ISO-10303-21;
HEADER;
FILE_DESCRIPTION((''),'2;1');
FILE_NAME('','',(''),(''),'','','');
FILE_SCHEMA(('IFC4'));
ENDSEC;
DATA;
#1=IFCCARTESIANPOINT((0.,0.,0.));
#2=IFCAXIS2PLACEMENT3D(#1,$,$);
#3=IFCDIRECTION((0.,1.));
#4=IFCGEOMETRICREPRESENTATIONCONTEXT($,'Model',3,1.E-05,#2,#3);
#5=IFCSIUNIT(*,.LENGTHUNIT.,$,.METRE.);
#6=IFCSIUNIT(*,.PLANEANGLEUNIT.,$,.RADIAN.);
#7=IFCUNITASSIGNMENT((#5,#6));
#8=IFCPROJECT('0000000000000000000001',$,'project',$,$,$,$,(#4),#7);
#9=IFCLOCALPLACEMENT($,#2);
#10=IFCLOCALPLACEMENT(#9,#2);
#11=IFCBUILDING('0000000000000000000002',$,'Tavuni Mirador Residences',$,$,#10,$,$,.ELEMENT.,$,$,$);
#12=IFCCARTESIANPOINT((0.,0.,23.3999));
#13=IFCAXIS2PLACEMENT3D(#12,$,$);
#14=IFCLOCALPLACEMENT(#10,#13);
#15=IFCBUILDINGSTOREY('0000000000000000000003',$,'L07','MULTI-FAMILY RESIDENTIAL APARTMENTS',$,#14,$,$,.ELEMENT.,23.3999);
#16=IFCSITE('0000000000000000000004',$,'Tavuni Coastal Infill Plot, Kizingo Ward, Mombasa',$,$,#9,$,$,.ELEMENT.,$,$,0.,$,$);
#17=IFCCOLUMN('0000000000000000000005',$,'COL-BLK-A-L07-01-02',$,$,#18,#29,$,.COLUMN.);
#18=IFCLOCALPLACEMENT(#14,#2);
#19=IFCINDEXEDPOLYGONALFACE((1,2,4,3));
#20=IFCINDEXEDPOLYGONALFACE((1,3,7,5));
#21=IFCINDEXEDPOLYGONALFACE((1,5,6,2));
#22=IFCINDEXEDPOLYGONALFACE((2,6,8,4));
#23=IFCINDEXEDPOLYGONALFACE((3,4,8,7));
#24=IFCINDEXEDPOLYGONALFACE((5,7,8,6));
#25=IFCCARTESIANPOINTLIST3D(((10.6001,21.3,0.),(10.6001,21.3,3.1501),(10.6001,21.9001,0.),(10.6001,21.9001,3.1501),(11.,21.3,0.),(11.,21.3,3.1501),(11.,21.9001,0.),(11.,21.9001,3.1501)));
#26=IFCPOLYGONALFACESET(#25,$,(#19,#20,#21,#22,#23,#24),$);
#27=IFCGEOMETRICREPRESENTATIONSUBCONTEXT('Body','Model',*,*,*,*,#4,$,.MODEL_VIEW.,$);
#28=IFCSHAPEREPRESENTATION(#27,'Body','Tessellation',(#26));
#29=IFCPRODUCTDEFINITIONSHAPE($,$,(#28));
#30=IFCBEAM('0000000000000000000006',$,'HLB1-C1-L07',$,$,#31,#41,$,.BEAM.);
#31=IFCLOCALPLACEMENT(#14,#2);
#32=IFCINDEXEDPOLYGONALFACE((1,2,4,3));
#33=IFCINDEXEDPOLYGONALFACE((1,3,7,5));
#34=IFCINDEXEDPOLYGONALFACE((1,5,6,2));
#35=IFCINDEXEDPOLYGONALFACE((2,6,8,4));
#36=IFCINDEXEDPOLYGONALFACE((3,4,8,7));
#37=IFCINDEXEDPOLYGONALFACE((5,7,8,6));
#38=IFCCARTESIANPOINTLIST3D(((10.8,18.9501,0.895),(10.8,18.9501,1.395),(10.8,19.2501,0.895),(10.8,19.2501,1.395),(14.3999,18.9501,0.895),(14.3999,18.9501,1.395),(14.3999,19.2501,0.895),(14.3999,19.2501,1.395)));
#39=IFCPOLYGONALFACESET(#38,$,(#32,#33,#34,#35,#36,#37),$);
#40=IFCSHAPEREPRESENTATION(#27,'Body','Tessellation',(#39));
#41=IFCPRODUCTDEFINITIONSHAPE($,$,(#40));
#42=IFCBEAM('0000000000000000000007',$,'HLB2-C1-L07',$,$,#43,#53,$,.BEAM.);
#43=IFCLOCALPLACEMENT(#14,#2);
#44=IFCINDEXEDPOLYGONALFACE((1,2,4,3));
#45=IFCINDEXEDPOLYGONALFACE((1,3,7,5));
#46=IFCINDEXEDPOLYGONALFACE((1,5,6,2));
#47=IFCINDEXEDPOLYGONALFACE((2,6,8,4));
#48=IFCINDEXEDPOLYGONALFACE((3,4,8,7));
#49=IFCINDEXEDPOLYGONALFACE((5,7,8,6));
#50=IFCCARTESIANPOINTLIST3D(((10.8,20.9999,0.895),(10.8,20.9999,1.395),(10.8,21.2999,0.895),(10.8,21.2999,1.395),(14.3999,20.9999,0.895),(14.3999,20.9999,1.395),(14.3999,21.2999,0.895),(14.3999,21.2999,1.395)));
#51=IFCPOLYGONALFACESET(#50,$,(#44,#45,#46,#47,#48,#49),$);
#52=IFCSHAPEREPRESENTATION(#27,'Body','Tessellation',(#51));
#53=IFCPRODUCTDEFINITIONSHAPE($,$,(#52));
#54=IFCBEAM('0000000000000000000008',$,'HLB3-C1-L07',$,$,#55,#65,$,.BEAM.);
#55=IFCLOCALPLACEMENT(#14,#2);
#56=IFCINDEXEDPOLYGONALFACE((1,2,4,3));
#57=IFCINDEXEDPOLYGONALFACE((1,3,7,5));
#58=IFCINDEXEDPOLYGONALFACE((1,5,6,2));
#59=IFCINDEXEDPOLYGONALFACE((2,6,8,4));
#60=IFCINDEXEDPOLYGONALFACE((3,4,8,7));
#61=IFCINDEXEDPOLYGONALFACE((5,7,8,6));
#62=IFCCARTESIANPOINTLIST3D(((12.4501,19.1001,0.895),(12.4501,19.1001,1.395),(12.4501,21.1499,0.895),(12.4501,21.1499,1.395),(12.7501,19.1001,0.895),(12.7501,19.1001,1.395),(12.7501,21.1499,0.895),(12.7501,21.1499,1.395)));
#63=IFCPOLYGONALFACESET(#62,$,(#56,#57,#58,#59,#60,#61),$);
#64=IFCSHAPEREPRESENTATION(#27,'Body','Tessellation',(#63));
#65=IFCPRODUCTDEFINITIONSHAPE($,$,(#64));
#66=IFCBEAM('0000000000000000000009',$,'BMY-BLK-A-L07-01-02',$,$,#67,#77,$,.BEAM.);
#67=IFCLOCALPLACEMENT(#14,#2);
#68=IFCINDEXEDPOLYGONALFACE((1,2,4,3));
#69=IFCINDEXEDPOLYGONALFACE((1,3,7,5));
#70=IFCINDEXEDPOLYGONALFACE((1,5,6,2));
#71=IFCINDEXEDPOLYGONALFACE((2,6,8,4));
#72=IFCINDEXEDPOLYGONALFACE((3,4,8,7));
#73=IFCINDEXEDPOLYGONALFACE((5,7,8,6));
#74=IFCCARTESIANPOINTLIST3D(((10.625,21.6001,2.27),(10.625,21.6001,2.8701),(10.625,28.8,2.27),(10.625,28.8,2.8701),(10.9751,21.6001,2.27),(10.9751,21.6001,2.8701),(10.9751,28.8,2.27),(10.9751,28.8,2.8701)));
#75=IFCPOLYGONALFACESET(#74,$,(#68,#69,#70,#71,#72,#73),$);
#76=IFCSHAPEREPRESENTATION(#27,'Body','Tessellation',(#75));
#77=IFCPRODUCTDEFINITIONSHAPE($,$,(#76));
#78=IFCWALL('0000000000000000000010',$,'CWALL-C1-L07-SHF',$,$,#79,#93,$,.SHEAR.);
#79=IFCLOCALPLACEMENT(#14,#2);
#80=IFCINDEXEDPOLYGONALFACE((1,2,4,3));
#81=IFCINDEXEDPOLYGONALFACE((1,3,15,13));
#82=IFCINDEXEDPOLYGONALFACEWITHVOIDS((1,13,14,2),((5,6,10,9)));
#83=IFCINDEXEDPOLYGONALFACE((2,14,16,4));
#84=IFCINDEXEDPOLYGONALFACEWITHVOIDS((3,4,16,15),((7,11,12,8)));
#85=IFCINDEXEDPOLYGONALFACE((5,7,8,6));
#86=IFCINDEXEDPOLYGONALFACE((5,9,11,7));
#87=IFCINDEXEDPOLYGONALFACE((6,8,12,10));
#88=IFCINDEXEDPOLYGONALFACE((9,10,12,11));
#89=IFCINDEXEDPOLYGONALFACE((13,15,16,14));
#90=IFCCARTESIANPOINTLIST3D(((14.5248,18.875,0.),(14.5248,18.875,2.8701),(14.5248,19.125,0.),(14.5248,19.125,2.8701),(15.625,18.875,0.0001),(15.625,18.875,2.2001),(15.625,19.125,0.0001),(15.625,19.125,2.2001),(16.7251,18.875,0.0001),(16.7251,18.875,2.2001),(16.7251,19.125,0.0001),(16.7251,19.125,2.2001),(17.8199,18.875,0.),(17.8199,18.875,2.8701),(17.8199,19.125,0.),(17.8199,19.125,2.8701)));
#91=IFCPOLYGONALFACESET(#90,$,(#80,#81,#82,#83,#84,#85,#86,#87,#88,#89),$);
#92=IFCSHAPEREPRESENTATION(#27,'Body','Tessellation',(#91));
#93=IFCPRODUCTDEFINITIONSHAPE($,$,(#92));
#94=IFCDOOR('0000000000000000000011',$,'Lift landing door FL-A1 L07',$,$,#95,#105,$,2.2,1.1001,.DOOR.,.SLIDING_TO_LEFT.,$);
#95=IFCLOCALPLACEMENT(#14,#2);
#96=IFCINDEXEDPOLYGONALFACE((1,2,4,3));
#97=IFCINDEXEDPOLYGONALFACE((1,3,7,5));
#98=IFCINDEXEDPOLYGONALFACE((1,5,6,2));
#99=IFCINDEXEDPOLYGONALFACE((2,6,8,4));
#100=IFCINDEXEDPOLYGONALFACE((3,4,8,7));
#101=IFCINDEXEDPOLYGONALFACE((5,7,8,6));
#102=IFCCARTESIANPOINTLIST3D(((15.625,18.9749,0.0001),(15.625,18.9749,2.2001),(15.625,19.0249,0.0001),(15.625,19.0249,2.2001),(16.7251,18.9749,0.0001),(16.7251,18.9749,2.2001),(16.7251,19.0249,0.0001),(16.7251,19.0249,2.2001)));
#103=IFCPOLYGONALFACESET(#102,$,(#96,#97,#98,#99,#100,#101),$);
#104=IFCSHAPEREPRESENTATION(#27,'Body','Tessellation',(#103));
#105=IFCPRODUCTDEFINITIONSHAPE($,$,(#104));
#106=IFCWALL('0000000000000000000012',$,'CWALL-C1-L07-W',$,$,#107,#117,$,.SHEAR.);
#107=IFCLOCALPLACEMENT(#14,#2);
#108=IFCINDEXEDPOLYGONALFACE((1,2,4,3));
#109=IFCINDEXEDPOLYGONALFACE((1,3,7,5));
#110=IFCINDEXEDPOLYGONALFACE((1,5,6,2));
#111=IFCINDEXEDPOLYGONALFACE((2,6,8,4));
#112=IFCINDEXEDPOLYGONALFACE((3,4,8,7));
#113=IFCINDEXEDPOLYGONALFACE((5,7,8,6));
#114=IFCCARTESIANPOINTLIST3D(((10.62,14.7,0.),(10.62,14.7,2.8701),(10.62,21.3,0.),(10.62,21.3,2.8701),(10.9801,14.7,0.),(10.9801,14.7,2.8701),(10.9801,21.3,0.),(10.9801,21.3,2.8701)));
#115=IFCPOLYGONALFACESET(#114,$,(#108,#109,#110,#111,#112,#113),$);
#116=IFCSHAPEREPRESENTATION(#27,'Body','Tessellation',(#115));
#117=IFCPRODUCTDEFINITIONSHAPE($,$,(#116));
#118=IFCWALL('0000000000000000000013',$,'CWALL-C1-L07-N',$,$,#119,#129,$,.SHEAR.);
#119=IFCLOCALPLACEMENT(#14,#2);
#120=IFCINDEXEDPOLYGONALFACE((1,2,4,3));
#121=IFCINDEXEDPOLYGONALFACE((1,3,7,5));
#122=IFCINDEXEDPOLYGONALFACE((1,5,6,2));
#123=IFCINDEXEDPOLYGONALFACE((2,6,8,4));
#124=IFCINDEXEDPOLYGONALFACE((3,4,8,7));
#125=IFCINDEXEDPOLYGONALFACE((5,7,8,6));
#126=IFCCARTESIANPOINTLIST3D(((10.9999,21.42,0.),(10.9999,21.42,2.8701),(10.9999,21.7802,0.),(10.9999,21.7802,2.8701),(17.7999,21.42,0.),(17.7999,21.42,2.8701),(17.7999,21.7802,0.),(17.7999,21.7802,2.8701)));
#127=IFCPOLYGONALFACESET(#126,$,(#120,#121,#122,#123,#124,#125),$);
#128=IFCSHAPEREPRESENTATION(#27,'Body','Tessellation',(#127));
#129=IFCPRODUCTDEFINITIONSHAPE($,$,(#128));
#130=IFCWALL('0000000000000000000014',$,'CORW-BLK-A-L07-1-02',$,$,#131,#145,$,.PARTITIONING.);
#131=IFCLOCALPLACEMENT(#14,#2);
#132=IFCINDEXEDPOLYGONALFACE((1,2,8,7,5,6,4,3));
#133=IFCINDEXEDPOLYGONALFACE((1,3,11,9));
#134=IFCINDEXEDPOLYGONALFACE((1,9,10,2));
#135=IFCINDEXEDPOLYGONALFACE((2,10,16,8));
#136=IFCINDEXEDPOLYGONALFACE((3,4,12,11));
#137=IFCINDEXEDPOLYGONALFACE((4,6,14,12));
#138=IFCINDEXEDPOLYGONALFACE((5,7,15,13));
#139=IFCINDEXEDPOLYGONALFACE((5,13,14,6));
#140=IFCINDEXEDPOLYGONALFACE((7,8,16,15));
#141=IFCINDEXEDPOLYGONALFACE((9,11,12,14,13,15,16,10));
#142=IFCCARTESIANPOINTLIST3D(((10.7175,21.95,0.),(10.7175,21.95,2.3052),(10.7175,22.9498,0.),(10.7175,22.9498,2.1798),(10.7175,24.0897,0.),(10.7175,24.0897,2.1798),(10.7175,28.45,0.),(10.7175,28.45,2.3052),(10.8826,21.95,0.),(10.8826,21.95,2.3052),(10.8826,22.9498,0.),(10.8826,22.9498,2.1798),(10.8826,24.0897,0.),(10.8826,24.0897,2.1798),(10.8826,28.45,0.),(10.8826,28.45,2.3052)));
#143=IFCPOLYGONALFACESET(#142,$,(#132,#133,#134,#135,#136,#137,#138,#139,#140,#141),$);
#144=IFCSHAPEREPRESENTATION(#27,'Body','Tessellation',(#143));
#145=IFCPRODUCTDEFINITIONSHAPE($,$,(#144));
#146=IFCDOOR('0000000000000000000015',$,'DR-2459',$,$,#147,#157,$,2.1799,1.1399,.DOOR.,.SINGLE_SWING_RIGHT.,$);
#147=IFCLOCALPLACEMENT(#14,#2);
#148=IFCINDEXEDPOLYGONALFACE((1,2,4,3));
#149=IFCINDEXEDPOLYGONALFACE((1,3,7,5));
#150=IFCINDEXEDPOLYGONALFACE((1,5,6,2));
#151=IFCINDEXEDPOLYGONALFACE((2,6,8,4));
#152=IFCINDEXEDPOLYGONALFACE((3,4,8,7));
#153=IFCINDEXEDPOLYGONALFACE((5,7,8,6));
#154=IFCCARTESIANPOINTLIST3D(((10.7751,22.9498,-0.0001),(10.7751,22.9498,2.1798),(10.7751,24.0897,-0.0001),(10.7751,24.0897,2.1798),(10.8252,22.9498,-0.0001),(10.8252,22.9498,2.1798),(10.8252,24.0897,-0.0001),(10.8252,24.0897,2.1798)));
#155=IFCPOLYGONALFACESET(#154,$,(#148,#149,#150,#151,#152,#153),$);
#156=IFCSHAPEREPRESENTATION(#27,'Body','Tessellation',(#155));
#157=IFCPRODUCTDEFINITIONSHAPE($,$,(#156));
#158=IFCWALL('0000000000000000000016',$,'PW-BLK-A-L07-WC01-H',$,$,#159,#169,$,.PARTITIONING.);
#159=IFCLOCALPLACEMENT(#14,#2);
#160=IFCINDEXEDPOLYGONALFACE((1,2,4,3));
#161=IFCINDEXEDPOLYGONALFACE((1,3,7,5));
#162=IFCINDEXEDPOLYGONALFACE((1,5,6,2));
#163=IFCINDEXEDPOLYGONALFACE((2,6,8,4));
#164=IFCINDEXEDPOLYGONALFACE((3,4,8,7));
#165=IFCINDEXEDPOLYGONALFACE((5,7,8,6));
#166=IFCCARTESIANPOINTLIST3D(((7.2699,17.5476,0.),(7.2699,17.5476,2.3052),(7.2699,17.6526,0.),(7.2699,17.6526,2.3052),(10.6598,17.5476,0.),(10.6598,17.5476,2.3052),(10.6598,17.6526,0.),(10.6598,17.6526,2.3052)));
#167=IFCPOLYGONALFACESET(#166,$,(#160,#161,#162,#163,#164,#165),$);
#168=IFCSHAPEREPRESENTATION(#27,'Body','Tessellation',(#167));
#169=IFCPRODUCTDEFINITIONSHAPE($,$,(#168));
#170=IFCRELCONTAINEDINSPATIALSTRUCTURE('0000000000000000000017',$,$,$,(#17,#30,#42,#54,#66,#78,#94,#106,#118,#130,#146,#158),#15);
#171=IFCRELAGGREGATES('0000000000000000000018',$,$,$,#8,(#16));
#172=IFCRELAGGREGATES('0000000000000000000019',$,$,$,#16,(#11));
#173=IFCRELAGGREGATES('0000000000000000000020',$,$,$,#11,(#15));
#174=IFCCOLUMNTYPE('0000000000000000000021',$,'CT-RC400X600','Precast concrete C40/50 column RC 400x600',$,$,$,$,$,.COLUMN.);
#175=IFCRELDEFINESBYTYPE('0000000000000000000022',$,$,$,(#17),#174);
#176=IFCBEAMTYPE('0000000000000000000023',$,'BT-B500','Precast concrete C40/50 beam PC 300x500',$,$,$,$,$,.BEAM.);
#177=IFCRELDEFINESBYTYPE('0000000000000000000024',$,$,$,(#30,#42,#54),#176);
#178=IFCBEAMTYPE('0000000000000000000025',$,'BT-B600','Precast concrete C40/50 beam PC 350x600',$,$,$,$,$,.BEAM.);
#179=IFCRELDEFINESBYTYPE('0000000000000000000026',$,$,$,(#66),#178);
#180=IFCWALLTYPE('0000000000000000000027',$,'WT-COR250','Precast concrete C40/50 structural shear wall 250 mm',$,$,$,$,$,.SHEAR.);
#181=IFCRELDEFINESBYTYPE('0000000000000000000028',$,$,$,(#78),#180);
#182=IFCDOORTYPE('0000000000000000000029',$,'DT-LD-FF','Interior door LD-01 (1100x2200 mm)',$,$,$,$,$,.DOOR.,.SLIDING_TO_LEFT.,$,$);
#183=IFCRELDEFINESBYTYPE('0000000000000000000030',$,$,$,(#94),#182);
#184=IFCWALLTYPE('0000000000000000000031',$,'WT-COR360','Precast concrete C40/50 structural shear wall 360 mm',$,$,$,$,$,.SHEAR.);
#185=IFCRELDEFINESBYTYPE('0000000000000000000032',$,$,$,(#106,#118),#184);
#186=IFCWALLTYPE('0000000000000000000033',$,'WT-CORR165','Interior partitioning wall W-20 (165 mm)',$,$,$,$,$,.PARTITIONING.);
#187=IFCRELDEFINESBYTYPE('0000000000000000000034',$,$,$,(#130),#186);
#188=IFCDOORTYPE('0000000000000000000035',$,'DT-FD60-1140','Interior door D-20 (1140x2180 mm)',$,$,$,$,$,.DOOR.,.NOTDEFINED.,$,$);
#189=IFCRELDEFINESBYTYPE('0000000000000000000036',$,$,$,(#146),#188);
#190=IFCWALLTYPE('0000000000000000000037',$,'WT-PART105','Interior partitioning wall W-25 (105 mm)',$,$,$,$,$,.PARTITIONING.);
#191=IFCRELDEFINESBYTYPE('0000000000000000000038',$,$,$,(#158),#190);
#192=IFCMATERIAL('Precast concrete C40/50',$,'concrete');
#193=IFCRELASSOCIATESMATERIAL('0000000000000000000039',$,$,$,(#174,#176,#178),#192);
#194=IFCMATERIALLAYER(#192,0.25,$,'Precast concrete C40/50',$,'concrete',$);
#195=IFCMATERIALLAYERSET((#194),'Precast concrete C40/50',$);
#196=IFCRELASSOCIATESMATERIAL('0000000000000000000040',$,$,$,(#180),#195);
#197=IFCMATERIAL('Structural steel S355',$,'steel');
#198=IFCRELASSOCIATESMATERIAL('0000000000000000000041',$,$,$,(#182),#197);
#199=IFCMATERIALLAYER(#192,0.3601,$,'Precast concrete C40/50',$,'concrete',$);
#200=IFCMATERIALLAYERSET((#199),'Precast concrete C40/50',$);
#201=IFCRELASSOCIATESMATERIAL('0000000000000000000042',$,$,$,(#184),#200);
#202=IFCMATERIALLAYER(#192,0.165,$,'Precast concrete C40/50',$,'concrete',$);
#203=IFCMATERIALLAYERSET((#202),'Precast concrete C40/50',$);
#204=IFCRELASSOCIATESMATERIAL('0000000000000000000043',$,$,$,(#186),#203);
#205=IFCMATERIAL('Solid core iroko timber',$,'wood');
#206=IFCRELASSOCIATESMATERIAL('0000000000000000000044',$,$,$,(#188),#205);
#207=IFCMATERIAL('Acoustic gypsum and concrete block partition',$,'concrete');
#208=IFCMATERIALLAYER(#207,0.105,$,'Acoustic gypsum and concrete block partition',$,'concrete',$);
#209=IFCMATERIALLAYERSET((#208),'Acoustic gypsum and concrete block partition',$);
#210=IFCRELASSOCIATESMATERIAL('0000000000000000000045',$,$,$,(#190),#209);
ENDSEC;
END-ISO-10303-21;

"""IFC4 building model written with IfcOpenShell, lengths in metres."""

from ifc_helpers import new_model, si_unit, direction, frame, frame_2d, origin, origin_2d, place, context, subcontext, project, spatial, rectangle, extrude, material, layer, layer_set, material_profile, profile_set, type_object, element, fill, save


model = new_model("IFC4")

# Units and contexts
model_context = context("Model", 3, precision=1e-05, world=origin(), true_north=direction((0.0, 1.0)))
body_context = subcontext(model_context, "Body", "Model", "MODEL_VIEW")
ifc_project = project(units=[si_unit("LENGTHUNIT", "METRE"), si_unit("PLANEANGLEUNIT", "RADIAN")], contexts=[model_context])

# Site, building, storey
site_placement = place(None, origin())
site = spatial("IfcSite", under=ifc_project, at=site_placement, Name="Tavuni Coastal Infill Plot, Kizingo Ward, Mombasa", CompositionType="ELEMENT", RefElevation=0.0)
building_placement = place(site_placement, origin())
building = spatial("IfcBuilding", under=site, at=building_placement, Name="Tavuni Mirador Residences", CompositionType="ELEMENT")
storey_placement = place(building_placement, frame((0.0, 0.0, 23.3999)))
storey = spatial("IfcBuildingStorey", under=building, at=storey_placement, Name="L07", Description="MULTI-FAMILY RESIDENTIAL APARTMENTS", CompositionType="ELEMENT", Elevation=23.3999)

# Column
ifc_material_1 = material(Name="Precast concrete C40/50", Category="concrete")
ifc_material_profile_1 = material_profile(ifc_material_1, rectangle(XDim=0.3999, YDim=0.6001, at=origin_2d()), Name="RC 400x600", Category="concrete")
ifc_profile_set_1 = profile_set([ifc_material_profile_1], Name="Precast concrete C40/50")
column_type = type_object("IfcColumnType", Name="CT-RC400X600", Description="Precast concrete C40/50 column RC 400x600", PredefinedType="COLUMN", material=ifc_profile_set_1)
column_placement = place(storey_placement, frame((10.8, 21.6001, 0.0), z_axis=(0.0, 0.0, 1.0), x_axis=(1.0, 0.0, 0.0)))
element("IfcColumn", 1, at=column_placement, inside=storey, type_object=column_type, Name="COL-BLK-A-L07-01-02", PredefinedType="COLUMN", context=body_context, shape_type="SweptSolid", body=[
    extrude(rectangle(XDim=0.3999, YDim=0.6001, at=origin_2d()), origin(), (0.0, 0.0, 1.0), 3.1501),
])

# Beams
ifc_material_profile_2 = material_profile(ifc_material_1, rectangle(XDim=0.3, YDim=0.5, at=origin_2d()), Name="PC 300x500", Category="concrete")
ifc_profile_set_2 = profile_set([ifc_material_profile_2], Name="Precast concrete C40/50")
beam_type_1 = type_object("IfcBeamType", Name="BT-B500", Description="Precast concrete C40/50 beam PC 300x500", PredefinedType="BEAM", material=ifc_profile_set_2)
for number, where, z_axis, x_axis, name in (
    (2, (10.8, 19.1001, 1.145), (1.0, 0.0, 0.0), (0.0, 1.0, 0.0), "HLB1-C1-L07"),
    (3, (10.8, 21.1499, 1.145), (1.0, 0.0, 0.0), (0.0, 1.0, 0.0), "HLB2-C1-L07"),
):
    element("IfcBeam", number, at=place(storey_placement, frame(where, z_axis=z_axis, x_axis=x_axis)), inside=storey, type_object=beam_type_1, Name=name, PredefinedType="BEAM", context=body_context, shape_type="SweptSolid", body=[
        extrude(rectangle(XDim=0.3, YDim=0.5, at=origin_2d()), origin(), (0.0, 0.0, 1.0), 3.5999),
    ])
beam_1_placement = place(storey_placement, frame((12.6001, 19.1001, 1.145), z_axis=(0.0, 1.0, 0.0), x_axis=(-1.0, 0.0, 0.0)))
element("IfcBeam", 4, at=beam_1_placement, inside=storey, type_object=beam_type_1, Name="HLB3-C1-L07", PredefinedType="BEAM", context=body_context, shape_type="SweptSolid", body=[
    extrude(rectangle(XDim=0.3, YDim=0.5, at=origin_2d()), origin(), (0.0, 0.0, 1.0), 2.0498),
])
ifc_material_profile_3 = material_profile(ifc_material_1, rectangle(XDim=0.3501, YDim=0.6001, at=origin_2d()), Name="PC 350x600", Category="concrete")
ifc_profile_set_3 = profile_set([ifc_material_profile_3], Name="Precast concrete C40/50")
beam_type_2 = type_object("IfcBeamType", Name="BT-B600", Description="Precast concrete C40/50 beam PC 350x600", PredefinedType="BEAM", material=ifc_profile_set_3)
beam_2_placement = place(storey_placement, frame((10.8, 21.6001, 2.5701), z_axis=(0.0, 1.0, 0.0), x_axis=(-1.0, 0.0, 0.0)))
element("IfcBeam", 5, at=beam_2_placement, inside=storey, type_object=beam_type_2, Name="BMY-BLK-A-L07-01-02", PredefinedType="BEAM", context=body_context, shape_type="SweptSolid", body=[
    extrude(rectangle(XDim=0.3501, YDim=0.6001, at=origin_2d()), origin(), (0.0, 0.0, 1.0), 7.2),
])

# Wall, opening, door
ifc_layer_1 = layer(ifc_material_1, 0.25, Name="Precast concrete C40/50", Category="concrete")
ifc_layer_set_1 = layer_set([ifc_layer_1], Name="Precast concrete C40/50")
wall_type_1 = type_object("IfcWallType", Name="WT-COR250", Description="Precast concrete C40/50 structural shear wall 250 mm", PredefinedType="SHEAR", material=ifc_layer_set_1)
wall_1_placement = place(storey_placement, frame((14.5249, 19.0, 0.0), z_axis=(0.0, 0.0, 1.0), x_axis=(1.0, 0.0, 0.0)))
wall_1 = element("IfcWall", 6, at=wall_1_placement, inside=storey, type_object=wall_type_1, Name="CWALL-C1-L07-SHF", PredefinedType="SHEAR", context=body_context, shape_type="SweptSolid", body=[
    extrude(rectangle(XDim=3.2952, YDim=0.25, at=frame_2d((1.6475, 0.0))), origin(), (0.0, 0.0, 1.0), 2.8701),
])
opening_1_placement = place(wall_1_placement, frame((1.1001, 0.0, 0.0)))
opening_1 = element("IfcOpeningElement", 7, at=opening_1_placement, cuts=wall_1, PredefinedType="OPENING", context=body_context, shape_type="SweptSolid", body=[
    extrude(rectangle(XDim=1.1001, YDim=2.2, at=frame_2d((0.55, 1.1001))), frame((0.0, 0.135, 0.0), z_axis=(0.0, -1.0, 0.0), x_axis=(1.0, 0.0, 0.0)), (0.0, 0.0, 1.0), 0.27),
])
ifc_material_2 = material(Name="Structural steel S355", Category="steel")
door_type_1 = type_object("IfcDoorType", Name="DT-LD-FF", Description="Interior door LD-01 (1100x2200 mm)", OperationType="SLIDING_TO_LEFT", PredefinedType="DOOR", material=ifc_material_2)
door_1_placement = place(opening_1_placement, origin())
door_1 = element("IfcDoor", 8, at=door_1_placement, inside=storey, type_object=door_type_1, Name="Lift landing door FL-A1 L07", OperationType="SLIDING_TO_LEFT", OverallHeight=2.2, OverallWidth=1.1001, PredefinedType="DOOR", context=body_context, shape_type="SweptSolid", body=[
    extrude(rectangle(XDim=1.1001, YDim=2.2, at=frame_2d((0.55, 1.1001))), frame((0.0, 0.0249, 0.0), z_axis=(0.0, -1.0, 0.0), x_axis=(1.0, 0.0, 0.0)), (0.0, 0.0, 1.0), 0.05),
])
fill(opening_1, door_1)

# Walls
ifc_layer_2 = layer(ifc_material_1, 0.3601, Name="Precast concrete C40/50", Category="concrete")
ifc_layer_set_2 = layer_set([ifc_layer_2], Name="Precast concrete C40/50")
wall_type_2 = type_object("IfcWallType", Name="WT-COR360", Description="Precast concrete C40/50 structural shear wall 360 mm", PredefinedType="SHEAR", material=ifc_layer_set_2)
wall_2_placement = place(storey_placement, frame((10.8, 14.7, 0.0), z_axis=(0.0, 0.0, 1.0), x_axis=(0.0, 1.0, 0.0)))
element("IfcWall", 9, at=wall_2_placement, inside=storey, type_object=wall_type_2, Name="CWALL-C1-L07-W", PredefinedType="SHEAR", context=body_context, shape_type="SweptSolid", body=[
    extrude(rectangle(XDim=6.6001, YDim=0.3601, at=frame_2d((3.3, 0.0))), origin(), (0.0, 0.0, 1.0), 2.8701),
])
wall_3_placement = place(storey_placement, frame((11.0, 21.6001, 0.0), z_axis=(0.0, 0.0, 1.0), x_axis=(1.0, 0.0, 0.0)))
element("IfcWall", 10, at=wall_3_placement, inside=storey, type_object=wall_type_2, Name="CWALL-C1-L07-N", PredefinedType="SHEAR", context=body_context, shape_type="SweptSolid", body=[
    extrude(rectangle(XDim=6.8, YDim=0.3601, at=frame_2d((3.3999, 0.0))), origin(), (0.0, 0.0, 1.0), 2.8701),
])

# Wall, opening, door
ifc_material_3 = material(Name="Solid core iroko timber", Category="wood")
ifc_layer_3 = layer(ifc_material_1, 0.165, Name="Precast concrete C40/50", Category="concrete")
ifc_layer_set_3 = layer_set([ifc_layer_3], Name="Precast concrete C40/50")
wall_type_3 = type_object("IfcWallType", Name="WT-CORR165", Description="Interior partitioning wall W-20 (165 mm)", PredefinedType="PARTITIONING", material=ifc_layer_set_3)
wall_4_placement = place(storey_placement, frame((10.8, 21.95, 0.0), z_axis=(0.0, 0.0, 1.0), x_axis=(0.0, 1.0, 0.0)))
wall_4 = element("IfcWall", 11, at=wall_4_placement, inside=storey, type_object=wall_type_3, Name="CORW-BLK-A-L07-1-02", PredefinedType="PARTITIONING", context=body_context, shape_type="SweptSolid", body=[
    extrude(rectangle(XDim=6.5, YDim=0.165, at=frame_2d((3.25, 0.0))), origin(), (0.0, 0.0, 1.0), 2.3052),
])
opening_2_placement = place(wall_4_placement, frame((1.0, 0.0, 0.0)))
opening_2 = element("IfcOpeningElement", 12, at=opening_2_placement, cuts=wall_4, PredefinedType="OPENING", context=body_context, shape_type="SweptSolid", body=[
    extrude(rectangle(XDim=1.1399, YDim=2.1799, at=frame_2d((0.5698, 1.0898))), frame((0.0, 0.0925, 0.0), z_axis=(0.0, -1.0, 0.0), x_axis=(1.0, 0.0, 0.0)), (0.0, 0.0, 1.0), 0.1851),
])
door_type_2 = type_object("IfcDoorType", Name="DT-FD60-1140", Description="Interior door D-20 (1140x2180 mm)", OperationType="NOTDEFINED", PredefinedType="DOOR", material=ifc_material_3)
door_2_placement = place(opening_2_placement, origin())
door_2 = element("IfcDoor", 13, at=door_2_placement, inside=storey, type_object=door_type_2, Name="DR-2459", OperationType="SINGLE_SWING_RIGHT", OverallHeight=2.1799, OverallWidth=1.1399, PredefinedType="DOOR", context=body_context, shape_type="SweptSolid", body=[
    extrude(rectangle(XDim=1.1399, YDim=2.1799, at=frame_2d((0.5698, 1.0898))), frame((0.0, 0.0249, 0.0), z_axis=(0.0, -1.0, 0.0), x_axis=(1.0, 0.0, 0.0)), (0.0, 0.0, 1.0), 0.05),
])
fill(opening_2, door_2)

# Wall
ifc_material_4 = material(Name="Acoustic gypsum and concrete block partition", Category="concrete")
ifc_layer_4 = layer(ifc_material_4, 0.105, Name="Acoustic gypsum and concrete block partition", Category="concrete")
ifc_layer_set_4 = layer_set([ifc_layer_4], Name="Acoustic gypsum and concrete block partition")
wall_type_4 = type_object("IfcWallType", Name="WT-PART105", Description="Interior partitioning wall W-25 (105 mm)", PredefinedType="PARTITIONING", material=ifc_layer_set_4)
wall_5_placement = place(storey_placement, frame((7.27, 17.6001, 0.0), z_axis=(0.0, 0.0, 1.0), x_axis=(1.0, 0.0, 0.0)))
element("IfcWall", 14, at=wall_5_placement, inside=storey, type_object=wall_type_4, Name="PW-BLK-A-L07-WC01-H", PredefinedType="PARTITIONING", context=body_context, shape_type="SweptSolid", body=[
    extrude(rectangle(XDim=3.3899, YDim=0.105, at=frame_2d((1.6948, 0.0))), origin(), (0.0, 0.0, 1.0), 2.3052),
])

save(model, "model.ifc")
